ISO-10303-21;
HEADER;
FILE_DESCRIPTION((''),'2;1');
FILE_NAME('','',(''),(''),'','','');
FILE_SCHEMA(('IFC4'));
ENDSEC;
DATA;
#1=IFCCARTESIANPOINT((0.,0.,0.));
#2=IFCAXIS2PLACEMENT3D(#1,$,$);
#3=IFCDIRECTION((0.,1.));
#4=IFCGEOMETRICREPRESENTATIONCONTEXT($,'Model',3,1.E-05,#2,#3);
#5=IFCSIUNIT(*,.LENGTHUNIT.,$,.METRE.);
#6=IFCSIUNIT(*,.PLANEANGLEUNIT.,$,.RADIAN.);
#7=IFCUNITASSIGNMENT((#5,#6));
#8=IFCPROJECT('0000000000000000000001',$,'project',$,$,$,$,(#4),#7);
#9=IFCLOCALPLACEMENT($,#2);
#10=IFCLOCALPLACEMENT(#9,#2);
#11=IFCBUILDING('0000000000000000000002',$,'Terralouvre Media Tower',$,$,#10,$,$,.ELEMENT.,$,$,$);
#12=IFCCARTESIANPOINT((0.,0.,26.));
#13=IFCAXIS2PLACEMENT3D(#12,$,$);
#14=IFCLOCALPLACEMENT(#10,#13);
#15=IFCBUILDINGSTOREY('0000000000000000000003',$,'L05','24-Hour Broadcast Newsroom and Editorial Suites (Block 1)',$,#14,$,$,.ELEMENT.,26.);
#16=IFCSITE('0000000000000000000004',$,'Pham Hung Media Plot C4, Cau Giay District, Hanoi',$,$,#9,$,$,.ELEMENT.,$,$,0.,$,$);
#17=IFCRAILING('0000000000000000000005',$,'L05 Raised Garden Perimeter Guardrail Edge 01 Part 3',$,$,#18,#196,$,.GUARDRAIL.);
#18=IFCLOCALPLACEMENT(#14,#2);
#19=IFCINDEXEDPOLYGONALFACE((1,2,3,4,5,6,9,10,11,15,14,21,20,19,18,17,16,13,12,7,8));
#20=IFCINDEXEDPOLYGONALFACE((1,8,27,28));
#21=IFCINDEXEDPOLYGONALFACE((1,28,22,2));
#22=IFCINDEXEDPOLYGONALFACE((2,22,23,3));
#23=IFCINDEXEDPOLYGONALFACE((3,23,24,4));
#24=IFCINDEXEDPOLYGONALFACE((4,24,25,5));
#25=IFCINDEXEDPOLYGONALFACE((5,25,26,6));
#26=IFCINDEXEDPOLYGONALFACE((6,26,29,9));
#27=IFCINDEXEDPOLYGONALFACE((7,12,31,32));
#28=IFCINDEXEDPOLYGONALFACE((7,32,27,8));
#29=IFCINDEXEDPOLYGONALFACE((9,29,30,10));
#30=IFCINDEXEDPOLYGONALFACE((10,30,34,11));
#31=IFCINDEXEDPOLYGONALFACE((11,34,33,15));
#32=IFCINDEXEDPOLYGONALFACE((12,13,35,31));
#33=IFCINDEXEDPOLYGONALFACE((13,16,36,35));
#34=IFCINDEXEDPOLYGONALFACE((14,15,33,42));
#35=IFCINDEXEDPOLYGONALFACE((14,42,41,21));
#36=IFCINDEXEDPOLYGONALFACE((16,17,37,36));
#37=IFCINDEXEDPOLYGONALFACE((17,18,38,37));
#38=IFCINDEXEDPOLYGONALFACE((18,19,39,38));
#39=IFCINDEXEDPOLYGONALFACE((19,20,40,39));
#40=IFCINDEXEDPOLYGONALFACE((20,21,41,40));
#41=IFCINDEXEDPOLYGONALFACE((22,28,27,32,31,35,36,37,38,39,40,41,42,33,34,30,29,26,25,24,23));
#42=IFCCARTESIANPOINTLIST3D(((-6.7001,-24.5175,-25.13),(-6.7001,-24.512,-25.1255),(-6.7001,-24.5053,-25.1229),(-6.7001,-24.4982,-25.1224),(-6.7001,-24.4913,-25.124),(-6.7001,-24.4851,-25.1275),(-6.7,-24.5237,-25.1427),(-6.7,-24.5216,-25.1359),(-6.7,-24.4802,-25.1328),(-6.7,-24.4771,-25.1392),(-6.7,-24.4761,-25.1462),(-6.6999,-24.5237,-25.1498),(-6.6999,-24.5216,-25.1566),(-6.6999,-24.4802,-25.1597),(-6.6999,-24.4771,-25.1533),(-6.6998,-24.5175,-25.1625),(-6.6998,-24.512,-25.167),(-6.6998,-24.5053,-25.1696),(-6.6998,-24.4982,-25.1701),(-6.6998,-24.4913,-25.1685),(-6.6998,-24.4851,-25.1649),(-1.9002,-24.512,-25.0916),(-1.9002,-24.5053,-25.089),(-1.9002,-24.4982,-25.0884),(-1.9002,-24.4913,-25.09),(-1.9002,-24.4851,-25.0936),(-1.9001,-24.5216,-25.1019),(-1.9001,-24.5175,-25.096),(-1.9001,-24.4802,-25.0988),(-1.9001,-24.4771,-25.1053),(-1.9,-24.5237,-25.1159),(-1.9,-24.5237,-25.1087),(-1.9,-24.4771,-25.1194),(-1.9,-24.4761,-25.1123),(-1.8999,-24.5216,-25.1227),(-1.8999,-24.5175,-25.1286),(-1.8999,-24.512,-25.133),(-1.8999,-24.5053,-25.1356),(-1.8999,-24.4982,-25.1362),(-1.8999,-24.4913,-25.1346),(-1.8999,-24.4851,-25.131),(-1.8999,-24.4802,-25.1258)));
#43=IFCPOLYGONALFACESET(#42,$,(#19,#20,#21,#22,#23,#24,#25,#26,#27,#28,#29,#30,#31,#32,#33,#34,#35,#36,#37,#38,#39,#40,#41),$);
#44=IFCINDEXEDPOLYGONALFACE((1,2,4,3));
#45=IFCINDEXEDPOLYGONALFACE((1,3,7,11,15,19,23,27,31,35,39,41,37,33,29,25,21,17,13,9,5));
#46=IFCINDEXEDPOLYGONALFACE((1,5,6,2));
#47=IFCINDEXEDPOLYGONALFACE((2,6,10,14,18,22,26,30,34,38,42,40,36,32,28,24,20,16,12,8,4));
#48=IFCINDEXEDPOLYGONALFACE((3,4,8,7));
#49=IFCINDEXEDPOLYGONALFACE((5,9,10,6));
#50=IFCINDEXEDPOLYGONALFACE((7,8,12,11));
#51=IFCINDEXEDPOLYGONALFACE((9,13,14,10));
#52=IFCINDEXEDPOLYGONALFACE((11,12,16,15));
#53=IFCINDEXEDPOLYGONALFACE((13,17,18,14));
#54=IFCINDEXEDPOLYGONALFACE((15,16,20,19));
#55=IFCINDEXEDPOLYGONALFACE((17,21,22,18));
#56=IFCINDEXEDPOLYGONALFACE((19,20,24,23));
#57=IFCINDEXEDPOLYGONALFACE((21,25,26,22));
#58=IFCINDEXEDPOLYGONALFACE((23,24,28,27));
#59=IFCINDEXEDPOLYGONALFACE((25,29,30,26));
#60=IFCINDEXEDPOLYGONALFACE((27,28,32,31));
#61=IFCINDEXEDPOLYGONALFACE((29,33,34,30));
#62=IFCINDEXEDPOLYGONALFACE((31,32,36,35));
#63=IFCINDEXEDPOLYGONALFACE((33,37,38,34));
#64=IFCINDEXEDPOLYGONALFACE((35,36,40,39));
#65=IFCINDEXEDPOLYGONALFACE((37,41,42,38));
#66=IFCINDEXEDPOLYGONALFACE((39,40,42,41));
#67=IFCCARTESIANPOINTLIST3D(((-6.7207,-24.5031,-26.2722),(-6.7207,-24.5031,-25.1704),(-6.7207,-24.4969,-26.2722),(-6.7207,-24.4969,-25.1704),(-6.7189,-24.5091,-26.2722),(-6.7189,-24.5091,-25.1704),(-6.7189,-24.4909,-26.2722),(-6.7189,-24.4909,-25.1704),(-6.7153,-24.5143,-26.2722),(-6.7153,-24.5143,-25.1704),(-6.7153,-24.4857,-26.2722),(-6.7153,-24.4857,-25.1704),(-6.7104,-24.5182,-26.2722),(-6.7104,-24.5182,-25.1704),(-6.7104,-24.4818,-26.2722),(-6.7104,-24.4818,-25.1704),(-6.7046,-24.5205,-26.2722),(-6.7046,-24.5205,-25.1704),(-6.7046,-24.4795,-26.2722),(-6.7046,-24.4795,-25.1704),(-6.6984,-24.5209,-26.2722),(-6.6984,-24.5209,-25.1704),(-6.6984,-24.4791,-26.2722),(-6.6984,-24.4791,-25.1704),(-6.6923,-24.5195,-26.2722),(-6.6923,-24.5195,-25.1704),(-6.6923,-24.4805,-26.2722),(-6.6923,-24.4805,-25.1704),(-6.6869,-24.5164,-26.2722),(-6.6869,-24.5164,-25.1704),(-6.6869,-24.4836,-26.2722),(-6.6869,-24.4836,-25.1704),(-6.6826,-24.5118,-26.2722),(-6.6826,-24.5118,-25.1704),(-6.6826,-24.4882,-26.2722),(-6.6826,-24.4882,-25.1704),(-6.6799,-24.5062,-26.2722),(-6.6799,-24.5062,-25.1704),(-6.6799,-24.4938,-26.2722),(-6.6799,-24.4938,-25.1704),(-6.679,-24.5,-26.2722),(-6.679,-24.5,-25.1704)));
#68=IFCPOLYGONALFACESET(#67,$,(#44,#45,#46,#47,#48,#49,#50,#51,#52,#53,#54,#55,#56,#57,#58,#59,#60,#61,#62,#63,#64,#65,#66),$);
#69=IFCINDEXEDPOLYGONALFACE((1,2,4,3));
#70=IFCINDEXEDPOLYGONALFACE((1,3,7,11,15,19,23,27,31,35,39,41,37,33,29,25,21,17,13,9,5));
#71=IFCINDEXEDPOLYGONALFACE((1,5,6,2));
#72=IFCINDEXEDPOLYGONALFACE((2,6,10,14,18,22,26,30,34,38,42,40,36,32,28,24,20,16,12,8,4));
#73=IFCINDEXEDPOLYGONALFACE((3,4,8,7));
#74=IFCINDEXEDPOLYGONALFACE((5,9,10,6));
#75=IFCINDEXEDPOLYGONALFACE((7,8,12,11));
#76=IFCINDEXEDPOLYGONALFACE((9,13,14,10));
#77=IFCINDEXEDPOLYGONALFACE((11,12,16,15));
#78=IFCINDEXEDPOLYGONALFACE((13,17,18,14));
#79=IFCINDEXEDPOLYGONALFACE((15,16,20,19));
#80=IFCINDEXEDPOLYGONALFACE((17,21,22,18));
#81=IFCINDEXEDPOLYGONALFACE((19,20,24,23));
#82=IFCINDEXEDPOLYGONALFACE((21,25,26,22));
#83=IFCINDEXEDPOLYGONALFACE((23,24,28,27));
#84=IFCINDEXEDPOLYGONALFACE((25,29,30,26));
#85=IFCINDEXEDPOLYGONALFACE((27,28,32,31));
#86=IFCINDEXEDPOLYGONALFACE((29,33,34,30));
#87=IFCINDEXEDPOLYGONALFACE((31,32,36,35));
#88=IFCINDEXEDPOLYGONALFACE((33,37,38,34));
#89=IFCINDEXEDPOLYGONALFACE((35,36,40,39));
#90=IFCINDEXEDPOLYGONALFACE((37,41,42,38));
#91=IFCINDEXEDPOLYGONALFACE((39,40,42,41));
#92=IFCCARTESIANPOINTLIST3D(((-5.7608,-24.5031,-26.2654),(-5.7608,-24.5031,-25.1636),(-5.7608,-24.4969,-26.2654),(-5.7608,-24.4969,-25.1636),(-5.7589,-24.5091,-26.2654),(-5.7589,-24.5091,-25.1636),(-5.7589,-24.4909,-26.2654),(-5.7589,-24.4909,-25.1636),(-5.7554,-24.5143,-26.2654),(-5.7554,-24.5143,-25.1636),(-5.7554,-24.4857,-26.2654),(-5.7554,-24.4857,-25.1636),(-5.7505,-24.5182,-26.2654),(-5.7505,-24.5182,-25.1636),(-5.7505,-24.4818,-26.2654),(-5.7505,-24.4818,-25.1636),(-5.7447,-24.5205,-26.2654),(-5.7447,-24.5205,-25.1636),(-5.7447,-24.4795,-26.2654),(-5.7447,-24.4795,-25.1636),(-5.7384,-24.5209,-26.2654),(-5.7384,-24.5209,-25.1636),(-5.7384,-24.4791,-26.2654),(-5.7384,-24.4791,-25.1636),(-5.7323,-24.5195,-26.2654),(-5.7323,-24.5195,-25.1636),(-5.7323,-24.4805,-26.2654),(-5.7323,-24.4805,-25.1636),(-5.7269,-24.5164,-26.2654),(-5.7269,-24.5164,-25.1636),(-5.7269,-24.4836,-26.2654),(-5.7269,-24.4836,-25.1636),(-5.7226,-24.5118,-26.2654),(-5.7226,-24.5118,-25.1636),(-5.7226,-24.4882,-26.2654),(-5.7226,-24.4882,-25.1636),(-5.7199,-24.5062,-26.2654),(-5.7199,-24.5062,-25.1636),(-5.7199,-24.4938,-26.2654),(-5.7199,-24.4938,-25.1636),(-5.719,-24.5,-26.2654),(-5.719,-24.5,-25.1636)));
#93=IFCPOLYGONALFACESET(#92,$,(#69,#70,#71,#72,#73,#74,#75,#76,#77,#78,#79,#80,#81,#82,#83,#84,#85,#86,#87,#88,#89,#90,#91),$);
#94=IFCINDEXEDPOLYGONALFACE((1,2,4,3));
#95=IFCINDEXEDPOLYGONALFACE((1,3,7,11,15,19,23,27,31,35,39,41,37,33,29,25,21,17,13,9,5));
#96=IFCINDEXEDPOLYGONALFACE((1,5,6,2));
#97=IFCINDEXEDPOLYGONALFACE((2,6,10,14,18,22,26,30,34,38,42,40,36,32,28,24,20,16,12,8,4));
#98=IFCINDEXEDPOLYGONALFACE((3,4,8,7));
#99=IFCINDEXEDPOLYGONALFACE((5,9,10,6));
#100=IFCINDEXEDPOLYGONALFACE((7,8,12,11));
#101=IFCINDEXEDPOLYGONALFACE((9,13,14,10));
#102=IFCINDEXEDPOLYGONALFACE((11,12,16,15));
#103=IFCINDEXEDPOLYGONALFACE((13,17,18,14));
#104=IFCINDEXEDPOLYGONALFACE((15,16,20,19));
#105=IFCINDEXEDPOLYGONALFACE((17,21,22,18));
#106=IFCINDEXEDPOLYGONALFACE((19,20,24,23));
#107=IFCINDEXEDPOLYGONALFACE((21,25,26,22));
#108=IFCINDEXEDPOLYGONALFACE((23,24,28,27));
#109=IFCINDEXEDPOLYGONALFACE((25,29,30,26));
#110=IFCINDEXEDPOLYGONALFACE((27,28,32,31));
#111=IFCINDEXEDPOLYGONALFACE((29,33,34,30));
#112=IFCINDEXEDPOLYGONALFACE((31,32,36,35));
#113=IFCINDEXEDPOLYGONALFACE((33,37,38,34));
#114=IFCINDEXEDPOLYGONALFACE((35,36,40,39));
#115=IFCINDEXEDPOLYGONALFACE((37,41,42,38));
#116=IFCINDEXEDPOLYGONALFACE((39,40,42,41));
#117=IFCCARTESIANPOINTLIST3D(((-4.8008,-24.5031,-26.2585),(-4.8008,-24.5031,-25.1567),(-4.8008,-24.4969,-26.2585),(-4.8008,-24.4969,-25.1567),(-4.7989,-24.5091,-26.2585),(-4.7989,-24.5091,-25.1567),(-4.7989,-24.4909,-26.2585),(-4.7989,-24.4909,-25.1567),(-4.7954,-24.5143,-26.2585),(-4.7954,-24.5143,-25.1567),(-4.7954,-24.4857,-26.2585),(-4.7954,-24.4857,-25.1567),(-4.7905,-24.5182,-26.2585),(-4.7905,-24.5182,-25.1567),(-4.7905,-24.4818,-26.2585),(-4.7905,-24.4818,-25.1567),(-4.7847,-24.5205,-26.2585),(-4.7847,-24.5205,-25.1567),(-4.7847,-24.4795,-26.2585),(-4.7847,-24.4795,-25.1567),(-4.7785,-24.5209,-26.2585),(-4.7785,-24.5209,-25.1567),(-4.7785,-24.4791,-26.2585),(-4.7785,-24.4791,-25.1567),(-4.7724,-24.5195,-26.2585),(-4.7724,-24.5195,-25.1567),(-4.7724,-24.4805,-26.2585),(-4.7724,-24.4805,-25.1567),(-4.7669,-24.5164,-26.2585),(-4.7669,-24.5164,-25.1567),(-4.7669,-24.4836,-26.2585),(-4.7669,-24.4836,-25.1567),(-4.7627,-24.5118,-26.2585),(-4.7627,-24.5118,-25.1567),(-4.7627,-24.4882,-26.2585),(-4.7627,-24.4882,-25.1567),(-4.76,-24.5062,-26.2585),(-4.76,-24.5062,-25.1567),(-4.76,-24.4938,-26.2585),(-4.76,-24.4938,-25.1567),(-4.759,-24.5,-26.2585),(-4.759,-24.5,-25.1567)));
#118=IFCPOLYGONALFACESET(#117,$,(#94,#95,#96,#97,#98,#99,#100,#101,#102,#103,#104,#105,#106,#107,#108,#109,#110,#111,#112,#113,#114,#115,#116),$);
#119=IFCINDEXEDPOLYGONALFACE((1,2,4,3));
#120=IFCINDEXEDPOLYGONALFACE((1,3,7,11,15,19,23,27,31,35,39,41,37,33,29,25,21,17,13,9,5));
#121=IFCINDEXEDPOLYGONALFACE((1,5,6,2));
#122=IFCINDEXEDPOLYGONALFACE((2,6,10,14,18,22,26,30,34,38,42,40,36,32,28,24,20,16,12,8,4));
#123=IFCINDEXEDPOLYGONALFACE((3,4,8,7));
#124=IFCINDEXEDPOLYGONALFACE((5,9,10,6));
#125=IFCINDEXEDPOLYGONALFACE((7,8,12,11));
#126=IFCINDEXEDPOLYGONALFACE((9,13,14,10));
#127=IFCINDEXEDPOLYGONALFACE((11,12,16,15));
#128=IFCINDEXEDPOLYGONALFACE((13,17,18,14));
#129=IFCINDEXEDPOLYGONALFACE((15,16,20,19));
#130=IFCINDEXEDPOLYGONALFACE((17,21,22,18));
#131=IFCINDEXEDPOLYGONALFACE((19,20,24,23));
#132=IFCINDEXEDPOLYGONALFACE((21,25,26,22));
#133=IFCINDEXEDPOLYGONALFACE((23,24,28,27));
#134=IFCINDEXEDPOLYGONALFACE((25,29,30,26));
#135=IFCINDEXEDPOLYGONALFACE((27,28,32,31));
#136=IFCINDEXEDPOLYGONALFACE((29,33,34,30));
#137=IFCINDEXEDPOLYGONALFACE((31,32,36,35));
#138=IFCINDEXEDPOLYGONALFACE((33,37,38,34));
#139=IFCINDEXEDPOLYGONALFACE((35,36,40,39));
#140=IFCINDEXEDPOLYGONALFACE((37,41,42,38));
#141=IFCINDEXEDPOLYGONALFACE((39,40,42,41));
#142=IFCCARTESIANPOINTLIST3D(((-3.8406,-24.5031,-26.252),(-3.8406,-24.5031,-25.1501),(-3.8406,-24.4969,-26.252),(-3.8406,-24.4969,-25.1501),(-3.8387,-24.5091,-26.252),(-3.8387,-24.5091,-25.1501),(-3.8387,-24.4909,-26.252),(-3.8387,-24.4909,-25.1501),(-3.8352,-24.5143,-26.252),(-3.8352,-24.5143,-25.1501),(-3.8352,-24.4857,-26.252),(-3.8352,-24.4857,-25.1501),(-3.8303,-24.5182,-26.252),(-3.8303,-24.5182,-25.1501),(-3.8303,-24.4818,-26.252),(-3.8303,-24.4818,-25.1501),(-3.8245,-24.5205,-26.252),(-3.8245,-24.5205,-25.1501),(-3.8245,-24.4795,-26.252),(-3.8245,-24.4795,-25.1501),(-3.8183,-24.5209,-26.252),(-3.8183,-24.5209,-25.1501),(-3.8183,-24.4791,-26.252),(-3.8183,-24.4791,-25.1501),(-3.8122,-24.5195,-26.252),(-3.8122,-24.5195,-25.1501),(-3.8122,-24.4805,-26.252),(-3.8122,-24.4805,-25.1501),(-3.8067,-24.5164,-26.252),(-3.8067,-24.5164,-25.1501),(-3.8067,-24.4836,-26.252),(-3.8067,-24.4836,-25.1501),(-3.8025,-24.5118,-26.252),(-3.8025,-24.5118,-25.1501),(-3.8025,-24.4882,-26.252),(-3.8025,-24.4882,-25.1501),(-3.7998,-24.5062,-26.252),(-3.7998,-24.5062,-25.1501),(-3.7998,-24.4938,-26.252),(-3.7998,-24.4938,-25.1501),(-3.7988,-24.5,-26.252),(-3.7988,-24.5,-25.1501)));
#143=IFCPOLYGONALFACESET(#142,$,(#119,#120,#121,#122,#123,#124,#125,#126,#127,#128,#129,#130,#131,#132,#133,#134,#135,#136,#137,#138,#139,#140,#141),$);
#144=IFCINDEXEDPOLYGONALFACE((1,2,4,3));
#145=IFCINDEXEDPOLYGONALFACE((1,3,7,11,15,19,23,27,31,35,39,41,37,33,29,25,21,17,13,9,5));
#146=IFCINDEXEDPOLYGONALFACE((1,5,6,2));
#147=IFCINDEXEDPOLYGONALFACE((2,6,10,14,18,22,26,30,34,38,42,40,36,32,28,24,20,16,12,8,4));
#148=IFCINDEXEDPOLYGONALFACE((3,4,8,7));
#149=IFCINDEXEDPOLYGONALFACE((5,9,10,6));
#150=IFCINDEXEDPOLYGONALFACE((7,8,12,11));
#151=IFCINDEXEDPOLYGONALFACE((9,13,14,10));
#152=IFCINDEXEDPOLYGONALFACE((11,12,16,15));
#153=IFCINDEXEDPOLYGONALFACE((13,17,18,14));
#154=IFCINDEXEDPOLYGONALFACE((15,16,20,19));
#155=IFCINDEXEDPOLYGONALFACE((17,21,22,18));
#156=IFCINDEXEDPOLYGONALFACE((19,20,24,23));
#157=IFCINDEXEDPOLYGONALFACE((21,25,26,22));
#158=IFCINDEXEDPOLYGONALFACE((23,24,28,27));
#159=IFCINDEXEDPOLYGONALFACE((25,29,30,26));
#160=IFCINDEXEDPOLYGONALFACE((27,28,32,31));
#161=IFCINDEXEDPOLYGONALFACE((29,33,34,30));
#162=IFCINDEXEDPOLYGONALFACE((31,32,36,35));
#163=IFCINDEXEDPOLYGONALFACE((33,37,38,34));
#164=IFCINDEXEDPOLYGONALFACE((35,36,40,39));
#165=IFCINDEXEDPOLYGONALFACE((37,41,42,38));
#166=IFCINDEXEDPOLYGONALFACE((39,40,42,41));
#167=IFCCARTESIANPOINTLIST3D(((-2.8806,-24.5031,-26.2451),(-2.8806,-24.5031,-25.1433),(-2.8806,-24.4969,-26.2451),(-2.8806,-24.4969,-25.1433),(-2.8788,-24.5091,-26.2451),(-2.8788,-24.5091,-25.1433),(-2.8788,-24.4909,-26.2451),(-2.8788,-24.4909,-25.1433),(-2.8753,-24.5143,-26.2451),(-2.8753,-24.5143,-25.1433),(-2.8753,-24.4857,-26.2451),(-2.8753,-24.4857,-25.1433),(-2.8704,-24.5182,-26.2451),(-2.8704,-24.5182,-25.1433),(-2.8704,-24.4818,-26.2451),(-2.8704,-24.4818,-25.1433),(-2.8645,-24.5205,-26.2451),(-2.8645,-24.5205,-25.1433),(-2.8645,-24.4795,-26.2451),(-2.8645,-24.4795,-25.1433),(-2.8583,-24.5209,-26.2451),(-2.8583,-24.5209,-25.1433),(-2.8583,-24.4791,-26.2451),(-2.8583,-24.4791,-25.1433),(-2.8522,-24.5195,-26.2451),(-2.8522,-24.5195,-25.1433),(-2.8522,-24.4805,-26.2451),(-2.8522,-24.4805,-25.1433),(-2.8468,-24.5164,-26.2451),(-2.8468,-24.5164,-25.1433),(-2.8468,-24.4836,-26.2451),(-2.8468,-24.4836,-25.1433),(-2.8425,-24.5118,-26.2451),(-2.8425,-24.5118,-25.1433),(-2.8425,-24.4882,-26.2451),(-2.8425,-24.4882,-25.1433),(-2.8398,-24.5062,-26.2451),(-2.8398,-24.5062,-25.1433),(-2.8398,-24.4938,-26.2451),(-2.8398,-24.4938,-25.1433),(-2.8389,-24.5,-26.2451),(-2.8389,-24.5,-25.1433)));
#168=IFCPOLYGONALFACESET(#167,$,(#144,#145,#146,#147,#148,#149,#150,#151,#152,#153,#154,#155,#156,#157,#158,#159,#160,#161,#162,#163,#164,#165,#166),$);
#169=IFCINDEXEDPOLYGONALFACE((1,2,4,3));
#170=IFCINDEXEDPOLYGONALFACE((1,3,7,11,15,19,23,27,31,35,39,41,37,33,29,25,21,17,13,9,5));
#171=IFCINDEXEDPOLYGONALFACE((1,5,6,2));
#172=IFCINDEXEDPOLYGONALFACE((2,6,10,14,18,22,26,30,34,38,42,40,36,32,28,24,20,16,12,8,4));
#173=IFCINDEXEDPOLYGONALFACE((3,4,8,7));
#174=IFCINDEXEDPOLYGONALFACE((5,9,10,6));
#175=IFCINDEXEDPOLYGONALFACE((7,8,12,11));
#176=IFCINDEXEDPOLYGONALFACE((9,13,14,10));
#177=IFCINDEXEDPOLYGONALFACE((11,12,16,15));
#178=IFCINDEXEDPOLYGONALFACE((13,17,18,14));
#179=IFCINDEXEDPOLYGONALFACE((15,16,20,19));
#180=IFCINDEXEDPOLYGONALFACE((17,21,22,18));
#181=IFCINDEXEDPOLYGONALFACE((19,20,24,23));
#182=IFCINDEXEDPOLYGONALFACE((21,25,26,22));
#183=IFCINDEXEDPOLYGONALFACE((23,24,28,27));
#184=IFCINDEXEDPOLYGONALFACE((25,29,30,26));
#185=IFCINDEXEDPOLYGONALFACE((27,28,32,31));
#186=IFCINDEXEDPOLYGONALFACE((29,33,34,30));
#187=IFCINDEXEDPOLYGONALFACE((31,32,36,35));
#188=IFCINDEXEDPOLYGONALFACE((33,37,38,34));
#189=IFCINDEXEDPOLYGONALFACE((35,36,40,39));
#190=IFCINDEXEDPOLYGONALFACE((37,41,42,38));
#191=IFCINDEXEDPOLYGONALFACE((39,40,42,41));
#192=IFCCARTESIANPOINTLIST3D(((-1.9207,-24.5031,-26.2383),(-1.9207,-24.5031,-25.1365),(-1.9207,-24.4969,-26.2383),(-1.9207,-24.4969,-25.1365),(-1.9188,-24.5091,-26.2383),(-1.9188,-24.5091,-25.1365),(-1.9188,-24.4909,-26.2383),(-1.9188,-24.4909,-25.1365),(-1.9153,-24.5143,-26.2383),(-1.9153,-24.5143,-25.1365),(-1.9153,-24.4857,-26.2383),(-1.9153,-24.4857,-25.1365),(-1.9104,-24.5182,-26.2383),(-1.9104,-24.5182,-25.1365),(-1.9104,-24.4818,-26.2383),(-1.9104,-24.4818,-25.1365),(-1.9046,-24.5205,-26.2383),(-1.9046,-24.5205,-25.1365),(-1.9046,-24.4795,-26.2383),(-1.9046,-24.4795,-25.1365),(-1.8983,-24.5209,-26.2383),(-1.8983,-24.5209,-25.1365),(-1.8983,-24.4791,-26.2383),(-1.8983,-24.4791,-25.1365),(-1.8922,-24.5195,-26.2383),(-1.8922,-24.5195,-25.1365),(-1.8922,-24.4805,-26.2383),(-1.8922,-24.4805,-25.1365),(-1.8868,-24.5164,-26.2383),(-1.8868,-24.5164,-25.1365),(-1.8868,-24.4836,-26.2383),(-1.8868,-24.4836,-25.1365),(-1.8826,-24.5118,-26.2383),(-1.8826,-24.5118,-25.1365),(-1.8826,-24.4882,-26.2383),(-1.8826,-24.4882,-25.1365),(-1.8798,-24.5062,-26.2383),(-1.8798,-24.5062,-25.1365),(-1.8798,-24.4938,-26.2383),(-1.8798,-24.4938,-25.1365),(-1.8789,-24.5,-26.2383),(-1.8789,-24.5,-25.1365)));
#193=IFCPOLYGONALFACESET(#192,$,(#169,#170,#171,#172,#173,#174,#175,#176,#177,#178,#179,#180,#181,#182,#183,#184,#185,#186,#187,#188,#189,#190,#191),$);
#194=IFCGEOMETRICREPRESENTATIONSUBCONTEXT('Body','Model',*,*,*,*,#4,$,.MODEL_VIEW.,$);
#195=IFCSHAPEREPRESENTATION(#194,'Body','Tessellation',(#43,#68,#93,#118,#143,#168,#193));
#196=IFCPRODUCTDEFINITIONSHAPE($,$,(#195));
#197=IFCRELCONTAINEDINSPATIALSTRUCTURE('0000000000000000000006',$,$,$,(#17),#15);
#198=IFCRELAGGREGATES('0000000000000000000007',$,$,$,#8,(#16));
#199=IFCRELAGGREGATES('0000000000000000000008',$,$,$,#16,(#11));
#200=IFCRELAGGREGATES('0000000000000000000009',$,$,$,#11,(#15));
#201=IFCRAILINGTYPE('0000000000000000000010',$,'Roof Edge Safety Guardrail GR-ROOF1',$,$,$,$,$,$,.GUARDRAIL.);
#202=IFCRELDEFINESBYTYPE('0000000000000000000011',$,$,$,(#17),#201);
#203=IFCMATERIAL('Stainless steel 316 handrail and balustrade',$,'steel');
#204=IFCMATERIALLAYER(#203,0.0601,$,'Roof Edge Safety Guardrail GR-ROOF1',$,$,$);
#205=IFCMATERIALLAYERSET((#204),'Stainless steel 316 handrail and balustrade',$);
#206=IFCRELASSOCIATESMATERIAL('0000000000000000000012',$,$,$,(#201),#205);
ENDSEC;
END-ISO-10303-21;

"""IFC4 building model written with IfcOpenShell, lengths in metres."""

from ifc_helpers import new_model, si_unit, direction, frame, origin, origin_2d, place, context, subcontext, project, spatial, circle, extrude, material, layer, layer_set, type_object, element, save


model = new_model("IFC4")

# Units and contexts
model_context = context("Model", 3, precision=1e-05, world=origin(), true_north=direction((0.0, 1.0)))
body_context = subcontext(model_context, "Body", "Model", "MODEL_VIEW")
ifc_project = project(units=[si_unit("LENGTHUNIT", "METRE"), si_unit("PLANEANGLEUNIT", "RADIAN")], contexts=[model_context])

# Site, building, storey
site_placement = place(None, origin())
site = spatial("IfcSite", under=ifc_project, at=site_placement, Name="Pham Hung Media Plot C4, Cau Giay District, Hanoi", CompositionType="ELEMENT", RefElevation=0.0)
building_placement = place(site_placement, origin())
building = spatial("IfcBuilding", under=site, at=building_placement, Name="Terralouvre Media Tower", CompositionType="ELEMENT")
storey_placement = place(building_placement, frame((0.0, 0.0, 26.0)))
storey = spatial("IfcBuildingStorey", under=building, at=storey_placement, Name="L05", Description="24-Hour Broadcast Newsroom and Editorial Suites (Block 1)", CompositionType="ELEMENT", Elevation=26.0)

# Railing
ifc_material_1 = material(Name="Stainless steel 316 handrail and balustrade", Category="steel")
ifc_layer_1 = layer(ifc_material_1, 0.0601, Name="Roof Edge Safety Guardrail GR-ROOF1")
ifc_layer_set_1 = layer_set([ifc_layer_1], Name="Stainless steel 316 handrail and balustrade")
railing_type = type_object("IfcRailingType", Name="Roof Edge Safety Guardrail GR-ROOF1", PredefinedType="GUARDRAIL", material=ifc_layer_set_1)
railing_placement = place(storey_placement, frame((-6.7, -24.5, -26.2722)))
element("IfcRailing", 1, at=railing_placement, inside=storey, type_object=railing_type, Name="L05 Raised Garden Perimeter Guardrail Edge 01 Part 3", PredefinedType="GUARDRAIL", context=body_context, shape_type="SweptSolid", body=[
    extrude(circle(Radius=0.0239, at=origin_2d()), frame((0.0, 0.0, 1.126), z_axis=(0.999975, 0.0, 0.00707), x_axis=(0.0, 1.0, 0.0)), (0.0, 0.0, 1.0), 4.8),
    extrude(circle(Radius=0.021, at=origin_2d()), origin(), (0.0, 0.0, 1.0), 1.1018),
    extrude(circle(Radius=0.021, at=origin_2d()), frame((0.96, 0.0, 0.0068)), (0.0, 0.0, 1.0), 1.1018),
    extrude(circle(Radius=0.021, at=origin_2d()), frame((1.9199, 0.0, 0.0137)), (0.0, 0.0, 1.0), 1.1018),
    extrude(circle(Radius=0.021, at=origin_2d()), frame((2.8801, 0.0, 0.0203)), (0.0, 0.0, 1.0), 1.1018),
    extrude(circle(Radius=0.021, at=origin_2d()), frame((3.8401, 0.0, 0.0271)), (0.0, 0.0, 1.0), 1.1018),
    extrude(circle(Radius=0.021, at=origin_2d()), frame((4.8, 0.0, 0.0339)), (0.0, 0.0, 1.0), 1.1018),
])

save(model, "model.ifc")
